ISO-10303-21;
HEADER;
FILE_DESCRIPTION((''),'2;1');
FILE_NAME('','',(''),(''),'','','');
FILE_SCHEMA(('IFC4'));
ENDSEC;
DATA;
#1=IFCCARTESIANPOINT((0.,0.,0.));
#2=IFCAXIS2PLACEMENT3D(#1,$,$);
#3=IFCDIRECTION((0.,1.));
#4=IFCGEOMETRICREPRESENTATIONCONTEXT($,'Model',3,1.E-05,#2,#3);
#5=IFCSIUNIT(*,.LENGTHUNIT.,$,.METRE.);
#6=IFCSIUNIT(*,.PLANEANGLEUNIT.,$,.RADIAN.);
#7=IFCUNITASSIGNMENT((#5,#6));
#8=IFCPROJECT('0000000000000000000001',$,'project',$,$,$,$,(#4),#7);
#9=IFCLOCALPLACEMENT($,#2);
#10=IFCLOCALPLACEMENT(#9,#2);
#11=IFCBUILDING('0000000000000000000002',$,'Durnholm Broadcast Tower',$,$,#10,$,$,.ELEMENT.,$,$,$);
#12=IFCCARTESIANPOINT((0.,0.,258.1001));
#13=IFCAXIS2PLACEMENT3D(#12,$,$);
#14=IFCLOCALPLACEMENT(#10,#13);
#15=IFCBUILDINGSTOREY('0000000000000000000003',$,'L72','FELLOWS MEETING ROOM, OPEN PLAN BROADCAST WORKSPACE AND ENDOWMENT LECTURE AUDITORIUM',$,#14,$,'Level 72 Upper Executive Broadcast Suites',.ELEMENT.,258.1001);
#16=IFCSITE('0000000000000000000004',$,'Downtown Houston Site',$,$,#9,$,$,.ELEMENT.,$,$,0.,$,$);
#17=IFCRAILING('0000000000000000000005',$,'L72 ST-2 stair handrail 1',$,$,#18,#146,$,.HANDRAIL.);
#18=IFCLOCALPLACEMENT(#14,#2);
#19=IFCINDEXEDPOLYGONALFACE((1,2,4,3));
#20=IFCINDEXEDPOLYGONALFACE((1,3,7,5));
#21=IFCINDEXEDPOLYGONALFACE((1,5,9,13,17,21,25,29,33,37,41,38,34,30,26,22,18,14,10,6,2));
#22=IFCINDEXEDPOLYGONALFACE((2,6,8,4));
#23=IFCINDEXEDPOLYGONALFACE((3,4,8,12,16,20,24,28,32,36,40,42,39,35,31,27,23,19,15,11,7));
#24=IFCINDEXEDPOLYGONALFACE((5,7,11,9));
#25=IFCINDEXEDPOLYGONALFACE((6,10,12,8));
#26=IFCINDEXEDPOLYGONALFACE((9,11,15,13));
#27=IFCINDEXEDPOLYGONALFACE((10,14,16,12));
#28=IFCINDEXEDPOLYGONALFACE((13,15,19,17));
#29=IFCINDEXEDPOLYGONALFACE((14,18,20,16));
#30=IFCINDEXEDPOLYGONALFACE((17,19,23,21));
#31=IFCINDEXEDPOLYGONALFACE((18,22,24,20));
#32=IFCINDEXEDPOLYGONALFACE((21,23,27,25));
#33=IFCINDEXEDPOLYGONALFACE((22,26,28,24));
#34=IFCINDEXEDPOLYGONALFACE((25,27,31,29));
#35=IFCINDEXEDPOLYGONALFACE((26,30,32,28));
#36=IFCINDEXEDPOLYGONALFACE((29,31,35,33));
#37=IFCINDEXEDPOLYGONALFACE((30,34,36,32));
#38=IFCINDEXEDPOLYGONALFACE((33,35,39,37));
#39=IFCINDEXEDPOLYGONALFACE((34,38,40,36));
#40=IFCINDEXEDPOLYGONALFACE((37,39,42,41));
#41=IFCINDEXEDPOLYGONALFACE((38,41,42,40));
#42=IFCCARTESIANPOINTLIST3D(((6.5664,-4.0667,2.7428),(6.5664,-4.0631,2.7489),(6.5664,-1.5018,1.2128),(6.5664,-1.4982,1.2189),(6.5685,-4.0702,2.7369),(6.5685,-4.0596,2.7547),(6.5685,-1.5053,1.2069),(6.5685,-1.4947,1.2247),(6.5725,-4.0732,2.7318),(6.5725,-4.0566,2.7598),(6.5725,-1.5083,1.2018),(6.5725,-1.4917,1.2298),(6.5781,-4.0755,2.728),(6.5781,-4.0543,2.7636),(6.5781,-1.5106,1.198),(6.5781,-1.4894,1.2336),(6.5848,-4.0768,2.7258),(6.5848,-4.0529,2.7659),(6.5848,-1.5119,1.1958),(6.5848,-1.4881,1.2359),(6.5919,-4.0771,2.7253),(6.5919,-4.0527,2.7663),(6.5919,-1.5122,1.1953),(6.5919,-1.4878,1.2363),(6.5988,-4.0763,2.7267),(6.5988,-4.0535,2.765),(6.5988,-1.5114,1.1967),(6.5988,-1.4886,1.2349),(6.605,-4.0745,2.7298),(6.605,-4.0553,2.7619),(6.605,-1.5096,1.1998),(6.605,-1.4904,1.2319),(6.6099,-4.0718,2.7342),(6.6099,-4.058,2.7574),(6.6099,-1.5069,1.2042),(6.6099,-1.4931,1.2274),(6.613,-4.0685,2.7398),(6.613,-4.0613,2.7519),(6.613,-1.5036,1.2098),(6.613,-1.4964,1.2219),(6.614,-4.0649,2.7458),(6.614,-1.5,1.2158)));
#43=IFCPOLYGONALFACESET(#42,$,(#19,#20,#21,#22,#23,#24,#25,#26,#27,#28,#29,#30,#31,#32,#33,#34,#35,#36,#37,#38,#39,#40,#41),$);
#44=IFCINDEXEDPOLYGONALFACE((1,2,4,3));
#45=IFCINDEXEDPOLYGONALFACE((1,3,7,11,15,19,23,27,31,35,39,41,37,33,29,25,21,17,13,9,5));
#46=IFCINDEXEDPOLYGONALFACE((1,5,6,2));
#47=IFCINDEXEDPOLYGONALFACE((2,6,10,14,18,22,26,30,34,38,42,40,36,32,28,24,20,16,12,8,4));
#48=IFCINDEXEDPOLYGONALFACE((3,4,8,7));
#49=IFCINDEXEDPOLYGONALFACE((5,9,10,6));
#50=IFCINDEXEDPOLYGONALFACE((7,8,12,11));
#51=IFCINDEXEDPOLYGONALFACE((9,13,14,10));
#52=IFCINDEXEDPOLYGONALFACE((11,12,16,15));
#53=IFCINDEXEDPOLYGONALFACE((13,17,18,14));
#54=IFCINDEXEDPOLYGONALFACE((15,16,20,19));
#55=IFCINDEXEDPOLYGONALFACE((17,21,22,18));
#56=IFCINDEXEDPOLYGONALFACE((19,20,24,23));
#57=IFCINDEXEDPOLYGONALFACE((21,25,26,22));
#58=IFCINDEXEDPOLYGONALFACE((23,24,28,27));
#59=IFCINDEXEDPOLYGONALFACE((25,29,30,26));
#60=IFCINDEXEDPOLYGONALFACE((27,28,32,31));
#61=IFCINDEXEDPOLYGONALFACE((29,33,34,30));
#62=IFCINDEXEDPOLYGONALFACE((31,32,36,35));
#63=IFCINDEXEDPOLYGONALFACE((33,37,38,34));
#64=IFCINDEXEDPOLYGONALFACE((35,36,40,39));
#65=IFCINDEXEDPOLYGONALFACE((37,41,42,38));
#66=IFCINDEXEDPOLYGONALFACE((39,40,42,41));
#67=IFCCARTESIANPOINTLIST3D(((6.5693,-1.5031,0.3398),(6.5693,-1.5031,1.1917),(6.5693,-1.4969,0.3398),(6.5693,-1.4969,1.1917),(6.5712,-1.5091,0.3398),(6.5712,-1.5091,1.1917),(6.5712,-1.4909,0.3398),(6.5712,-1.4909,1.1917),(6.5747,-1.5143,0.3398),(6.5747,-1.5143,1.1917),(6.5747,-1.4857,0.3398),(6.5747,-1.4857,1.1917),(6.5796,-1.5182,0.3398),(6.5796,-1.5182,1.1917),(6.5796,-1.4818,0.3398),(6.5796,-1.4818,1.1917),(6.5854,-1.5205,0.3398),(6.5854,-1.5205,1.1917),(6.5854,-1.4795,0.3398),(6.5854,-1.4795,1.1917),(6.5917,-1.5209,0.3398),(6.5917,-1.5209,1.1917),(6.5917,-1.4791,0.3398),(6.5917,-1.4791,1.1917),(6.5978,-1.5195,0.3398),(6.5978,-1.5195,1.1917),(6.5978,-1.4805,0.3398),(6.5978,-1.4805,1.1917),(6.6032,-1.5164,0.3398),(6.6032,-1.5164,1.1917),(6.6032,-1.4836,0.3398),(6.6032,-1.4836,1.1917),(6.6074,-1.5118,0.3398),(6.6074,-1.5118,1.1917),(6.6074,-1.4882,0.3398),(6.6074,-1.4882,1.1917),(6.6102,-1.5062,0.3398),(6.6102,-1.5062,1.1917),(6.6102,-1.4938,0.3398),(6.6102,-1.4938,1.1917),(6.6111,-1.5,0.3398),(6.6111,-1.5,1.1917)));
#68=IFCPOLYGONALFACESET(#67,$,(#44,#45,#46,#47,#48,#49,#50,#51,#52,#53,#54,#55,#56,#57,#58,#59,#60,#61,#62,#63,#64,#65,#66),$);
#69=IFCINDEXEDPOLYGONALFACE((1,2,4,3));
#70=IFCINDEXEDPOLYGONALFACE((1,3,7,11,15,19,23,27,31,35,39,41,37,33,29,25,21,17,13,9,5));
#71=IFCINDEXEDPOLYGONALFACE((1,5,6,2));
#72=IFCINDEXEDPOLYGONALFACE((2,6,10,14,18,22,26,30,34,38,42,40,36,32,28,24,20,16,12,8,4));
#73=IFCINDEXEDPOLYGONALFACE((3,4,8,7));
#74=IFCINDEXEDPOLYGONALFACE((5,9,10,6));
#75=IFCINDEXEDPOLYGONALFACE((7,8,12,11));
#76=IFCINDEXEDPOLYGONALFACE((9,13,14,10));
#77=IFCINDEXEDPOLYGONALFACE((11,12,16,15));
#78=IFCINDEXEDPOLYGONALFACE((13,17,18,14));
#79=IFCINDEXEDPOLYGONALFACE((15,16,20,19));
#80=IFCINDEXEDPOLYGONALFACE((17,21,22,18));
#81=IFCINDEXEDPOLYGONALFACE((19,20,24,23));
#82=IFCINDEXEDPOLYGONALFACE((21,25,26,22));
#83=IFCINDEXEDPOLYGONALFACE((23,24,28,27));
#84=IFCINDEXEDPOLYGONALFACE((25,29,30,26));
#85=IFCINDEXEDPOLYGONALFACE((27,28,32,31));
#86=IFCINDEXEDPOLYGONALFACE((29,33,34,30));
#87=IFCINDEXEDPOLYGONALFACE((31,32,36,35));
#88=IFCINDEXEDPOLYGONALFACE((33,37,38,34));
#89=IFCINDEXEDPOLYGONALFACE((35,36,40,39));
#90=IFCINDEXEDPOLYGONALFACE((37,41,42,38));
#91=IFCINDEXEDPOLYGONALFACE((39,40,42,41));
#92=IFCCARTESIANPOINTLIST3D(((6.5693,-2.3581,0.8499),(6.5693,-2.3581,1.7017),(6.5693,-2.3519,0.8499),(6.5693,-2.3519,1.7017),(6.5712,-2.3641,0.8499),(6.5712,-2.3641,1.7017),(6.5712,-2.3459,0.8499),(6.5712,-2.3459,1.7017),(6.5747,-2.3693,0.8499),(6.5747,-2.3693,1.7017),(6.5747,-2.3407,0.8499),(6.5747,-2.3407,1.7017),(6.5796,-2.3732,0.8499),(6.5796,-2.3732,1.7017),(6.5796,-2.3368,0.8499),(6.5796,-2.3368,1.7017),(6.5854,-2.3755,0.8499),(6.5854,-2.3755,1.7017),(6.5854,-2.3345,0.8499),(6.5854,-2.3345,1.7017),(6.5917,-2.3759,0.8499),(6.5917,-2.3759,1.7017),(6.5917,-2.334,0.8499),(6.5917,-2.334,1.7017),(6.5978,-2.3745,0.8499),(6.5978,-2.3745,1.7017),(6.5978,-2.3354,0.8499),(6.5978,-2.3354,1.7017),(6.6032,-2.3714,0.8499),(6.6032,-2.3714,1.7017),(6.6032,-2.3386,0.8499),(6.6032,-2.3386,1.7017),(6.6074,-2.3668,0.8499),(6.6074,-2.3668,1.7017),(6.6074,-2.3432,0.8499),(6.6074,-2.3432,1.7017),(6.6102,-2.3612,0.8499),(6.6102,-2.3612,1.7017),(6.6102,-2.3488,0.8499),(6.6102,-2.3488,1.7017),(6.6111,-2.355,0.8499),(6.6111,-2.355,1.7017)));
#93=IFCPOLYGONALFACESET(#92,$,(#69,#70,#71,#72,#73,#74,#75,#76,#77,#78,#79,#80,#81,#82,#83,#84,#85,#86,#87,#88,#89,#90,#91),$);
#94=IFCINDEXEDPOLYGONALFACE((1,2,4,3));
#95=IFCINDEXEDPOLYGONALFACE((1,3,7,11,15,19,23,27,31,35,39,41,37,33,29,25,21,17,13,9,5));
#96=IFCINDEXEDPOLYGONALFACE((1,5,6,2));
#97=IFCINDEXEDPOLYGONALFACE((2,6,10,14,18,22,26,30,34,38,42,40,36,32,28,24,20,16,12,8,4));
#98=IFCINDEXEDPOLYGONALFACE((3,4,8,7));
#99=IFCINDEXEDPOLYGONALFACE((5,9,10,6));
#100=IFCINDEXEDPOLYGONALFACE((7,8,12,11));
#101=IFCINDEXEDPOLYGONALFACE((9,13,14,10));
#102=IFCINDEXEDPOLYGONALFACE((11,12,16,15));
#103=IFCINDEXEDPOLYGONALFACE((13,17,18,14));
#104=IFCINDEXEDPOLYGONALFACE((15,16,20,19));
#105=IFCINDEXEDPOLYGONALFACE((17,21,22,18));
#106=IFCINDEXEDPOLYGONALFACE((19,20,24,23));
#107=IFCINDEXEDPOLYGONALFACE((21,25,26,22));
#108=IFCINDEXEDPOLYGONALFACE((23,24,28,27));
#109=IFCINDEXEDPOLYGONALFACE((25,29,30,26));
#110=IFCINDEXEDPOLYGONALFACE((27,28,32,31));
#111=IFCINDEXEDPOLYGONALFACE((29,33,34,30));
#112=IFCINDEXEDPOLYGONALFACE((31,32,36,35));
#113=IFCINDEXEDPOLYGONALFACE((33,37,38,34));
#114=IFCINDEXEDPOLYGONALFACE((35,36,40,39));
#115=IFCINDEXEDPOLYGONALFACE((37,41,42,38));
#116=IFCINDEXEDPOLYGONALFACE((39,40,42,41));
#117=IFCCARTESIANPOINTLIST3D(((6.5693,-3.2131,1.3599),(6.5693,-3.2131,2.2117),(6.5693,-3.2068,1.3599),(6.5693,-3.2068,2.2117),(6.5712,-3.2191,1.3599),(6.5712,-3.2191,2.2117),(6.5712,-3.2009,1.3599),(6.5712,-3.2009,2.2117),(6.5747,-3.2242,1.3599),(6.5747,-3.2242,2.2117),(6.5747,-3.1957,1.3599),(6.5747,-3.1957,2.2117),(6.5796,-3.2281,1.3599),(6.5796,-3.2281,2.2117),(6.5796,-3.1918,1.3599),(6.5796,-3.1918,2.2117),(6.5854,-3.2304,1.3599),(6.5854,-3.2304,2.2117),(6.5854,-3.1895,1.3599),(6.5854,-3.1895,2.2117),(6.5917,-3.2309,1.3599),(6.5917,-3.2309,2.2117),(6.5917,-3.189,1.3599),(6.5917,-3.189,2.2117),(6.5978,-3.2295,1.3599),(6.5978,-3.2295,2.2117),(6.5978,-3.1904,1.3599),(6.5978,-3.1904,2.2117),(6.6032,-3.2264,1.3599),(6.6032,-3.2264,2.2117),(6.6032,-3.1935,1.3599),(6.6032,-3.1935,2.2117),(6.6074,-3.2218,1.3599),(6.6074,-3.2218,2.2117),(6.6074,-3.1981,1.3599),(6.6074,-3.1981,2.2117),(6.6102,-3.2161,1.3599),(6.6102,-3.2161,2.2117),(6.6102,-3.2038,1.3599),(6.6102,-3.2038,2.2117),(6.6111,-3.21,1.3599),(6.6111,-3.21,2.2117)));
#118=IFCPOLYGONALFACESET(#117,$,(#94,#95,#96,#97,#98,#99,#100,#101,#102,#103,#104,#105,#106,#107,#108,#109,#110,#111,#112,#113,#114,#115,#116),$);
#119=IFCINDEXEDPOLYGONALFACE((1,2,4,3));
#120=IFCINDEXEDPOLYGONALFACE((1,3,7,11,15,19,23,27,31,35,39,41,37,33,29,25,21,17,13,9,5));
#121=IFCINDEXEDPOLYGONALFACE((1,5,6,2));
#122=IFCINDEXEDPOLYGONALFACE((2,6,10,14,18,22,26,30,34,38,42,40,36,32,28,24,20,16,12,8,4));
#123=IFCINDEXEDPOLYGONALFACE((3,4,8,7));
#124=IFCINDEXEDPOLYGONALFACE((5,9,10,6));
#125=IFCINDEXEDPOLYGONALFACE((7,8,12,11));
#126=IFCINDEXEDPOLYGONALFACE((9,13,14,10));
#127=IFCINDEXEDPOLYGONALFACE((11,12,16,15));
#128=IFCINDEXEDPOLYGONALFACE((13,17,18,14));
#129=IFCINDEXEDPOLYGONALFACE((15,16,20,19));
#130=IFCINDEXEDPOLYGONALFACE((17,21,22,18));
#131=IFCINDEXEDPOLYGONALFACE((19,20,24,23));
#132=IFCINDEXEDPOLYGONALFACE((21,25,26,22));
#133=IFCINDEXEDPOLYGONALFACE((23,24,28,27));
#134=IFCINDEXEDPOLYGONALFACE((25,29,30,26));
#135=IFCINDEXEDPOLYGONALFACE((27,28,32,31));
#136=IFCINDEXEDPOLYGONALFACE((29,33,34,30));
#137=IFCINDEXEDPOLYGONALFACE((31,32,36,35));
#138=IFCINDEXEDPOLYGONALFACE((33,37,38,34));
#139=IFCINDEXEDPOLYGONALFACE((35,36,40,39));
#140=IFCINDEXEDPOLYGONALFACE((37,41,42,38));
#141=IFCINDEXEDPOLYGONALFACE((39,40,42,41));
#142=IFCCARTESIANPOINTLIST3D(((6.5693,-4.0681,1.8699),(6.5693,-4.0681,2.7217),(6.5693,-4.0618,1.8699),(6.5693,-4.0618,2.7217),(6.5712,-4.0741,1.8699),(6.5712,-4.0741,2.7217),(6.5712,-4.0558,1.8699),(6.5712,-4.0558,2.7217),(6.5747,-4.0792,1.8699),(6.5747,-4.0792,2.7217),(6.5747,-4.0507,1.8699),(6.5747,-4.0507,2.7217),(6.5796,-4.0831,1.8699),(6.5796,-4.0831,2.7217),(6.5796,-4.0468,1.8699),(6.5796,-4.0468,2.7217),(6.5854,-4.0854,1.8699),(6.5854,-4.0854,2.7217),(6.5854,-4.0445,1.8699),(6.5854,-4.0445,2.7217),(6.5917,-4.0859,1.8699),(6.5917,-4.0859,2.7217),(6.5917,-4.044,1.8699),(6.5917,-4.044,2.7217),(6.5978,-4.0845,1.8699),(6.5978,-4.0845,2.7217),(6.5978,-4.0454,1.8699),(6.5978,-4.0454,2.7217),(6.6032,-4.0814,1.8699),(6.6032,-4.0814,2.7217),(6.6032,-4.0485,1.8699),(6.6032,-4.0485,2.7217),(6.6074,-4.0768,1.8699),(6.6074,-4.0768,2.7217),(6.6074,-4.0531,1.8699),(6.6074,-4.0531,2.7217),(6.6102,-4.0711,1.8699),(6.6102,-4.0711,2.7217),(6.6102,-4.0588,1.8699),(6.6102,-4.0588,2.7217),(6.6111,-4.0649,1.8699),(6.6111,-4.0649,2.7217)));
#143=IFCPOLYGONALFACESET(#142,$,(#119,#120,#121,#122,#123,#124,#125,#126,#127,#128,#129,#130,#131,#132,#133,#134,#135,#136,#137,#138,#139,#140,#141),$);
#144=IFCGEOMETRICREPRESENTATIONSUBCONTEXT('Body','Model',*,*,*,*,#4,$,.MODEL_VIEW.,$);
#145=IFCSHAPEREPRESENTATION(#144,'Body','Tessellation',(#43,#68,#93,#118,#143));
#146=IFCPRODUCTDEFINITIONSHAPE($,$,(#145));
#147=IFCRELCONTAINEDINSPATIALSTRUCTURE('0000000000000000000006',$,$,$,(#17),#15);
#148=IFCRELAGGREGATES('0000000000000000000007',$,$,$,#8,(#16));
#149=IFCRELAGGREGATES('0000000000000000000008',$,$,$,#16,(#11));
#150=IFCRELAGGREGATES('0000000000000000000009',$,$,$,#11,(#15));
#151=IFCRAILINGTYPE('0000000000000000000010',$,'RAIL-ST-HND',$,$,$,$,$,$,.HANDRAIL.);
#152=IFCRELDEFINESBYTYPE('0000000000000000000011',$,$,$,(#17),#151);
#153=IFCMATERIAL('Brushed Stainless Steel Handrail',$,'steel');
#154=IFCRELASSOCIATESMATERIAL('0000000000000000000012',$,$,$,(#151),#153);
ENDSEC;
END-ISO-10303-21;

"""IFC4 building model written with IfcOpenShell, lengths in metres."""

from ifc_helpers import new_model, si_unit, direction, frame, origin, origin_2d, place, context, subcontext, project, spatial, circle, extrude, material, type_object, element, save


model = new_model("IFC4")

# Units and contexts
model_context = context("Model", 3, precision=1e-05, world=origin(), true_north=direction((0.0, 1.0)))
body_context = subcontext(model_context, "Body", "Model", "MODEL_VIEW")
ifc_project = project(units=[si_unit("LENGTHUNIT", "METRE"), si_unit("PLANEANGLEUNIT", "RADIAN")], contexts=[model_context])

# Site, building, storey
site_placement = place(None, origin())
site = spatial("IfcSite", under=ifc_project, at=site_placement, Name="Downtown Houston Site", CompositionType="ELEMENT", RefElevation=0.0)
building_placement = place(site_placement, origin())
building = spatial("IfcBuilding", under=site, at=building_placement, Name="Durnholm Broadcast Tower", CompositionType="ELEMENT")
storey_placement = place(building_placement, frame((0.0, 0.0, 258.1001)))
storey = spatial("IfcBuildingStorey", under=building, at=storey_placement, Name="L72", Description="FELLOWS MEETING ROOM, OPEN PLAN BROADCAST WORKSPACE AND ENDOWMENT LECTURE AUDITORIUM", LongName="Level 72 Upper Executive Broadcast Suites", CompositionType="ELEMENT", Elevation=258.1001)

# Railing
ifc_material_1 = material(Name="Brushed Stainless Steel Handrail", Category="steel")
railing_type_1 = type_object("IfcRailingType", Name="RAIL-ST-HND", PredefinedType="HANDRAIL", material=ifc_material_1)
railing_1_placement = place(storey_placement, frame((6.5901, -1.5, 0.3398)))
element("IfcRailing", 1, at=railing_1_placement, inside=storey, type_object=railing_type_1, Name="L72 ST-2 stair handrail 1", PredefinedType="HANDRAIL", context=body_context, shape_type="SweptSolid", body=[
    extrude(circle(Radius=0.0239, at=origin_2d()), frame((0.0, 0.0, 0.876), z_axis=(0.0, -0.85881, 0.512294), x_axis=(1.0, 0.0, 0.0)), (0.0, 0.0, 1.0), 2.9866),
    extrude(circle(Radius=0.021, at=origin_2d()), origin(), (0.0, 0.0, 1.0), 0.8518),
    extrude(circle(Radius=0.021, at=origin_2d()), frame((0.0, -0.855, 0.51)), (0.0, 0.0, 1.0), 0.8518),
    extrude(circle(Radius=0.021, at=origin_2d()), frame((0.0, -1.71, 1.02)), (0.0, 0.0, 1.0), 0.8518),
    extrude(circle(Radius=0.021, at=origin_2d()), frame((0.0, -2.5649, 1.53)), (0.0, 0.0, 1.0), 0.8518),
])

save(model, "model.ifc")
